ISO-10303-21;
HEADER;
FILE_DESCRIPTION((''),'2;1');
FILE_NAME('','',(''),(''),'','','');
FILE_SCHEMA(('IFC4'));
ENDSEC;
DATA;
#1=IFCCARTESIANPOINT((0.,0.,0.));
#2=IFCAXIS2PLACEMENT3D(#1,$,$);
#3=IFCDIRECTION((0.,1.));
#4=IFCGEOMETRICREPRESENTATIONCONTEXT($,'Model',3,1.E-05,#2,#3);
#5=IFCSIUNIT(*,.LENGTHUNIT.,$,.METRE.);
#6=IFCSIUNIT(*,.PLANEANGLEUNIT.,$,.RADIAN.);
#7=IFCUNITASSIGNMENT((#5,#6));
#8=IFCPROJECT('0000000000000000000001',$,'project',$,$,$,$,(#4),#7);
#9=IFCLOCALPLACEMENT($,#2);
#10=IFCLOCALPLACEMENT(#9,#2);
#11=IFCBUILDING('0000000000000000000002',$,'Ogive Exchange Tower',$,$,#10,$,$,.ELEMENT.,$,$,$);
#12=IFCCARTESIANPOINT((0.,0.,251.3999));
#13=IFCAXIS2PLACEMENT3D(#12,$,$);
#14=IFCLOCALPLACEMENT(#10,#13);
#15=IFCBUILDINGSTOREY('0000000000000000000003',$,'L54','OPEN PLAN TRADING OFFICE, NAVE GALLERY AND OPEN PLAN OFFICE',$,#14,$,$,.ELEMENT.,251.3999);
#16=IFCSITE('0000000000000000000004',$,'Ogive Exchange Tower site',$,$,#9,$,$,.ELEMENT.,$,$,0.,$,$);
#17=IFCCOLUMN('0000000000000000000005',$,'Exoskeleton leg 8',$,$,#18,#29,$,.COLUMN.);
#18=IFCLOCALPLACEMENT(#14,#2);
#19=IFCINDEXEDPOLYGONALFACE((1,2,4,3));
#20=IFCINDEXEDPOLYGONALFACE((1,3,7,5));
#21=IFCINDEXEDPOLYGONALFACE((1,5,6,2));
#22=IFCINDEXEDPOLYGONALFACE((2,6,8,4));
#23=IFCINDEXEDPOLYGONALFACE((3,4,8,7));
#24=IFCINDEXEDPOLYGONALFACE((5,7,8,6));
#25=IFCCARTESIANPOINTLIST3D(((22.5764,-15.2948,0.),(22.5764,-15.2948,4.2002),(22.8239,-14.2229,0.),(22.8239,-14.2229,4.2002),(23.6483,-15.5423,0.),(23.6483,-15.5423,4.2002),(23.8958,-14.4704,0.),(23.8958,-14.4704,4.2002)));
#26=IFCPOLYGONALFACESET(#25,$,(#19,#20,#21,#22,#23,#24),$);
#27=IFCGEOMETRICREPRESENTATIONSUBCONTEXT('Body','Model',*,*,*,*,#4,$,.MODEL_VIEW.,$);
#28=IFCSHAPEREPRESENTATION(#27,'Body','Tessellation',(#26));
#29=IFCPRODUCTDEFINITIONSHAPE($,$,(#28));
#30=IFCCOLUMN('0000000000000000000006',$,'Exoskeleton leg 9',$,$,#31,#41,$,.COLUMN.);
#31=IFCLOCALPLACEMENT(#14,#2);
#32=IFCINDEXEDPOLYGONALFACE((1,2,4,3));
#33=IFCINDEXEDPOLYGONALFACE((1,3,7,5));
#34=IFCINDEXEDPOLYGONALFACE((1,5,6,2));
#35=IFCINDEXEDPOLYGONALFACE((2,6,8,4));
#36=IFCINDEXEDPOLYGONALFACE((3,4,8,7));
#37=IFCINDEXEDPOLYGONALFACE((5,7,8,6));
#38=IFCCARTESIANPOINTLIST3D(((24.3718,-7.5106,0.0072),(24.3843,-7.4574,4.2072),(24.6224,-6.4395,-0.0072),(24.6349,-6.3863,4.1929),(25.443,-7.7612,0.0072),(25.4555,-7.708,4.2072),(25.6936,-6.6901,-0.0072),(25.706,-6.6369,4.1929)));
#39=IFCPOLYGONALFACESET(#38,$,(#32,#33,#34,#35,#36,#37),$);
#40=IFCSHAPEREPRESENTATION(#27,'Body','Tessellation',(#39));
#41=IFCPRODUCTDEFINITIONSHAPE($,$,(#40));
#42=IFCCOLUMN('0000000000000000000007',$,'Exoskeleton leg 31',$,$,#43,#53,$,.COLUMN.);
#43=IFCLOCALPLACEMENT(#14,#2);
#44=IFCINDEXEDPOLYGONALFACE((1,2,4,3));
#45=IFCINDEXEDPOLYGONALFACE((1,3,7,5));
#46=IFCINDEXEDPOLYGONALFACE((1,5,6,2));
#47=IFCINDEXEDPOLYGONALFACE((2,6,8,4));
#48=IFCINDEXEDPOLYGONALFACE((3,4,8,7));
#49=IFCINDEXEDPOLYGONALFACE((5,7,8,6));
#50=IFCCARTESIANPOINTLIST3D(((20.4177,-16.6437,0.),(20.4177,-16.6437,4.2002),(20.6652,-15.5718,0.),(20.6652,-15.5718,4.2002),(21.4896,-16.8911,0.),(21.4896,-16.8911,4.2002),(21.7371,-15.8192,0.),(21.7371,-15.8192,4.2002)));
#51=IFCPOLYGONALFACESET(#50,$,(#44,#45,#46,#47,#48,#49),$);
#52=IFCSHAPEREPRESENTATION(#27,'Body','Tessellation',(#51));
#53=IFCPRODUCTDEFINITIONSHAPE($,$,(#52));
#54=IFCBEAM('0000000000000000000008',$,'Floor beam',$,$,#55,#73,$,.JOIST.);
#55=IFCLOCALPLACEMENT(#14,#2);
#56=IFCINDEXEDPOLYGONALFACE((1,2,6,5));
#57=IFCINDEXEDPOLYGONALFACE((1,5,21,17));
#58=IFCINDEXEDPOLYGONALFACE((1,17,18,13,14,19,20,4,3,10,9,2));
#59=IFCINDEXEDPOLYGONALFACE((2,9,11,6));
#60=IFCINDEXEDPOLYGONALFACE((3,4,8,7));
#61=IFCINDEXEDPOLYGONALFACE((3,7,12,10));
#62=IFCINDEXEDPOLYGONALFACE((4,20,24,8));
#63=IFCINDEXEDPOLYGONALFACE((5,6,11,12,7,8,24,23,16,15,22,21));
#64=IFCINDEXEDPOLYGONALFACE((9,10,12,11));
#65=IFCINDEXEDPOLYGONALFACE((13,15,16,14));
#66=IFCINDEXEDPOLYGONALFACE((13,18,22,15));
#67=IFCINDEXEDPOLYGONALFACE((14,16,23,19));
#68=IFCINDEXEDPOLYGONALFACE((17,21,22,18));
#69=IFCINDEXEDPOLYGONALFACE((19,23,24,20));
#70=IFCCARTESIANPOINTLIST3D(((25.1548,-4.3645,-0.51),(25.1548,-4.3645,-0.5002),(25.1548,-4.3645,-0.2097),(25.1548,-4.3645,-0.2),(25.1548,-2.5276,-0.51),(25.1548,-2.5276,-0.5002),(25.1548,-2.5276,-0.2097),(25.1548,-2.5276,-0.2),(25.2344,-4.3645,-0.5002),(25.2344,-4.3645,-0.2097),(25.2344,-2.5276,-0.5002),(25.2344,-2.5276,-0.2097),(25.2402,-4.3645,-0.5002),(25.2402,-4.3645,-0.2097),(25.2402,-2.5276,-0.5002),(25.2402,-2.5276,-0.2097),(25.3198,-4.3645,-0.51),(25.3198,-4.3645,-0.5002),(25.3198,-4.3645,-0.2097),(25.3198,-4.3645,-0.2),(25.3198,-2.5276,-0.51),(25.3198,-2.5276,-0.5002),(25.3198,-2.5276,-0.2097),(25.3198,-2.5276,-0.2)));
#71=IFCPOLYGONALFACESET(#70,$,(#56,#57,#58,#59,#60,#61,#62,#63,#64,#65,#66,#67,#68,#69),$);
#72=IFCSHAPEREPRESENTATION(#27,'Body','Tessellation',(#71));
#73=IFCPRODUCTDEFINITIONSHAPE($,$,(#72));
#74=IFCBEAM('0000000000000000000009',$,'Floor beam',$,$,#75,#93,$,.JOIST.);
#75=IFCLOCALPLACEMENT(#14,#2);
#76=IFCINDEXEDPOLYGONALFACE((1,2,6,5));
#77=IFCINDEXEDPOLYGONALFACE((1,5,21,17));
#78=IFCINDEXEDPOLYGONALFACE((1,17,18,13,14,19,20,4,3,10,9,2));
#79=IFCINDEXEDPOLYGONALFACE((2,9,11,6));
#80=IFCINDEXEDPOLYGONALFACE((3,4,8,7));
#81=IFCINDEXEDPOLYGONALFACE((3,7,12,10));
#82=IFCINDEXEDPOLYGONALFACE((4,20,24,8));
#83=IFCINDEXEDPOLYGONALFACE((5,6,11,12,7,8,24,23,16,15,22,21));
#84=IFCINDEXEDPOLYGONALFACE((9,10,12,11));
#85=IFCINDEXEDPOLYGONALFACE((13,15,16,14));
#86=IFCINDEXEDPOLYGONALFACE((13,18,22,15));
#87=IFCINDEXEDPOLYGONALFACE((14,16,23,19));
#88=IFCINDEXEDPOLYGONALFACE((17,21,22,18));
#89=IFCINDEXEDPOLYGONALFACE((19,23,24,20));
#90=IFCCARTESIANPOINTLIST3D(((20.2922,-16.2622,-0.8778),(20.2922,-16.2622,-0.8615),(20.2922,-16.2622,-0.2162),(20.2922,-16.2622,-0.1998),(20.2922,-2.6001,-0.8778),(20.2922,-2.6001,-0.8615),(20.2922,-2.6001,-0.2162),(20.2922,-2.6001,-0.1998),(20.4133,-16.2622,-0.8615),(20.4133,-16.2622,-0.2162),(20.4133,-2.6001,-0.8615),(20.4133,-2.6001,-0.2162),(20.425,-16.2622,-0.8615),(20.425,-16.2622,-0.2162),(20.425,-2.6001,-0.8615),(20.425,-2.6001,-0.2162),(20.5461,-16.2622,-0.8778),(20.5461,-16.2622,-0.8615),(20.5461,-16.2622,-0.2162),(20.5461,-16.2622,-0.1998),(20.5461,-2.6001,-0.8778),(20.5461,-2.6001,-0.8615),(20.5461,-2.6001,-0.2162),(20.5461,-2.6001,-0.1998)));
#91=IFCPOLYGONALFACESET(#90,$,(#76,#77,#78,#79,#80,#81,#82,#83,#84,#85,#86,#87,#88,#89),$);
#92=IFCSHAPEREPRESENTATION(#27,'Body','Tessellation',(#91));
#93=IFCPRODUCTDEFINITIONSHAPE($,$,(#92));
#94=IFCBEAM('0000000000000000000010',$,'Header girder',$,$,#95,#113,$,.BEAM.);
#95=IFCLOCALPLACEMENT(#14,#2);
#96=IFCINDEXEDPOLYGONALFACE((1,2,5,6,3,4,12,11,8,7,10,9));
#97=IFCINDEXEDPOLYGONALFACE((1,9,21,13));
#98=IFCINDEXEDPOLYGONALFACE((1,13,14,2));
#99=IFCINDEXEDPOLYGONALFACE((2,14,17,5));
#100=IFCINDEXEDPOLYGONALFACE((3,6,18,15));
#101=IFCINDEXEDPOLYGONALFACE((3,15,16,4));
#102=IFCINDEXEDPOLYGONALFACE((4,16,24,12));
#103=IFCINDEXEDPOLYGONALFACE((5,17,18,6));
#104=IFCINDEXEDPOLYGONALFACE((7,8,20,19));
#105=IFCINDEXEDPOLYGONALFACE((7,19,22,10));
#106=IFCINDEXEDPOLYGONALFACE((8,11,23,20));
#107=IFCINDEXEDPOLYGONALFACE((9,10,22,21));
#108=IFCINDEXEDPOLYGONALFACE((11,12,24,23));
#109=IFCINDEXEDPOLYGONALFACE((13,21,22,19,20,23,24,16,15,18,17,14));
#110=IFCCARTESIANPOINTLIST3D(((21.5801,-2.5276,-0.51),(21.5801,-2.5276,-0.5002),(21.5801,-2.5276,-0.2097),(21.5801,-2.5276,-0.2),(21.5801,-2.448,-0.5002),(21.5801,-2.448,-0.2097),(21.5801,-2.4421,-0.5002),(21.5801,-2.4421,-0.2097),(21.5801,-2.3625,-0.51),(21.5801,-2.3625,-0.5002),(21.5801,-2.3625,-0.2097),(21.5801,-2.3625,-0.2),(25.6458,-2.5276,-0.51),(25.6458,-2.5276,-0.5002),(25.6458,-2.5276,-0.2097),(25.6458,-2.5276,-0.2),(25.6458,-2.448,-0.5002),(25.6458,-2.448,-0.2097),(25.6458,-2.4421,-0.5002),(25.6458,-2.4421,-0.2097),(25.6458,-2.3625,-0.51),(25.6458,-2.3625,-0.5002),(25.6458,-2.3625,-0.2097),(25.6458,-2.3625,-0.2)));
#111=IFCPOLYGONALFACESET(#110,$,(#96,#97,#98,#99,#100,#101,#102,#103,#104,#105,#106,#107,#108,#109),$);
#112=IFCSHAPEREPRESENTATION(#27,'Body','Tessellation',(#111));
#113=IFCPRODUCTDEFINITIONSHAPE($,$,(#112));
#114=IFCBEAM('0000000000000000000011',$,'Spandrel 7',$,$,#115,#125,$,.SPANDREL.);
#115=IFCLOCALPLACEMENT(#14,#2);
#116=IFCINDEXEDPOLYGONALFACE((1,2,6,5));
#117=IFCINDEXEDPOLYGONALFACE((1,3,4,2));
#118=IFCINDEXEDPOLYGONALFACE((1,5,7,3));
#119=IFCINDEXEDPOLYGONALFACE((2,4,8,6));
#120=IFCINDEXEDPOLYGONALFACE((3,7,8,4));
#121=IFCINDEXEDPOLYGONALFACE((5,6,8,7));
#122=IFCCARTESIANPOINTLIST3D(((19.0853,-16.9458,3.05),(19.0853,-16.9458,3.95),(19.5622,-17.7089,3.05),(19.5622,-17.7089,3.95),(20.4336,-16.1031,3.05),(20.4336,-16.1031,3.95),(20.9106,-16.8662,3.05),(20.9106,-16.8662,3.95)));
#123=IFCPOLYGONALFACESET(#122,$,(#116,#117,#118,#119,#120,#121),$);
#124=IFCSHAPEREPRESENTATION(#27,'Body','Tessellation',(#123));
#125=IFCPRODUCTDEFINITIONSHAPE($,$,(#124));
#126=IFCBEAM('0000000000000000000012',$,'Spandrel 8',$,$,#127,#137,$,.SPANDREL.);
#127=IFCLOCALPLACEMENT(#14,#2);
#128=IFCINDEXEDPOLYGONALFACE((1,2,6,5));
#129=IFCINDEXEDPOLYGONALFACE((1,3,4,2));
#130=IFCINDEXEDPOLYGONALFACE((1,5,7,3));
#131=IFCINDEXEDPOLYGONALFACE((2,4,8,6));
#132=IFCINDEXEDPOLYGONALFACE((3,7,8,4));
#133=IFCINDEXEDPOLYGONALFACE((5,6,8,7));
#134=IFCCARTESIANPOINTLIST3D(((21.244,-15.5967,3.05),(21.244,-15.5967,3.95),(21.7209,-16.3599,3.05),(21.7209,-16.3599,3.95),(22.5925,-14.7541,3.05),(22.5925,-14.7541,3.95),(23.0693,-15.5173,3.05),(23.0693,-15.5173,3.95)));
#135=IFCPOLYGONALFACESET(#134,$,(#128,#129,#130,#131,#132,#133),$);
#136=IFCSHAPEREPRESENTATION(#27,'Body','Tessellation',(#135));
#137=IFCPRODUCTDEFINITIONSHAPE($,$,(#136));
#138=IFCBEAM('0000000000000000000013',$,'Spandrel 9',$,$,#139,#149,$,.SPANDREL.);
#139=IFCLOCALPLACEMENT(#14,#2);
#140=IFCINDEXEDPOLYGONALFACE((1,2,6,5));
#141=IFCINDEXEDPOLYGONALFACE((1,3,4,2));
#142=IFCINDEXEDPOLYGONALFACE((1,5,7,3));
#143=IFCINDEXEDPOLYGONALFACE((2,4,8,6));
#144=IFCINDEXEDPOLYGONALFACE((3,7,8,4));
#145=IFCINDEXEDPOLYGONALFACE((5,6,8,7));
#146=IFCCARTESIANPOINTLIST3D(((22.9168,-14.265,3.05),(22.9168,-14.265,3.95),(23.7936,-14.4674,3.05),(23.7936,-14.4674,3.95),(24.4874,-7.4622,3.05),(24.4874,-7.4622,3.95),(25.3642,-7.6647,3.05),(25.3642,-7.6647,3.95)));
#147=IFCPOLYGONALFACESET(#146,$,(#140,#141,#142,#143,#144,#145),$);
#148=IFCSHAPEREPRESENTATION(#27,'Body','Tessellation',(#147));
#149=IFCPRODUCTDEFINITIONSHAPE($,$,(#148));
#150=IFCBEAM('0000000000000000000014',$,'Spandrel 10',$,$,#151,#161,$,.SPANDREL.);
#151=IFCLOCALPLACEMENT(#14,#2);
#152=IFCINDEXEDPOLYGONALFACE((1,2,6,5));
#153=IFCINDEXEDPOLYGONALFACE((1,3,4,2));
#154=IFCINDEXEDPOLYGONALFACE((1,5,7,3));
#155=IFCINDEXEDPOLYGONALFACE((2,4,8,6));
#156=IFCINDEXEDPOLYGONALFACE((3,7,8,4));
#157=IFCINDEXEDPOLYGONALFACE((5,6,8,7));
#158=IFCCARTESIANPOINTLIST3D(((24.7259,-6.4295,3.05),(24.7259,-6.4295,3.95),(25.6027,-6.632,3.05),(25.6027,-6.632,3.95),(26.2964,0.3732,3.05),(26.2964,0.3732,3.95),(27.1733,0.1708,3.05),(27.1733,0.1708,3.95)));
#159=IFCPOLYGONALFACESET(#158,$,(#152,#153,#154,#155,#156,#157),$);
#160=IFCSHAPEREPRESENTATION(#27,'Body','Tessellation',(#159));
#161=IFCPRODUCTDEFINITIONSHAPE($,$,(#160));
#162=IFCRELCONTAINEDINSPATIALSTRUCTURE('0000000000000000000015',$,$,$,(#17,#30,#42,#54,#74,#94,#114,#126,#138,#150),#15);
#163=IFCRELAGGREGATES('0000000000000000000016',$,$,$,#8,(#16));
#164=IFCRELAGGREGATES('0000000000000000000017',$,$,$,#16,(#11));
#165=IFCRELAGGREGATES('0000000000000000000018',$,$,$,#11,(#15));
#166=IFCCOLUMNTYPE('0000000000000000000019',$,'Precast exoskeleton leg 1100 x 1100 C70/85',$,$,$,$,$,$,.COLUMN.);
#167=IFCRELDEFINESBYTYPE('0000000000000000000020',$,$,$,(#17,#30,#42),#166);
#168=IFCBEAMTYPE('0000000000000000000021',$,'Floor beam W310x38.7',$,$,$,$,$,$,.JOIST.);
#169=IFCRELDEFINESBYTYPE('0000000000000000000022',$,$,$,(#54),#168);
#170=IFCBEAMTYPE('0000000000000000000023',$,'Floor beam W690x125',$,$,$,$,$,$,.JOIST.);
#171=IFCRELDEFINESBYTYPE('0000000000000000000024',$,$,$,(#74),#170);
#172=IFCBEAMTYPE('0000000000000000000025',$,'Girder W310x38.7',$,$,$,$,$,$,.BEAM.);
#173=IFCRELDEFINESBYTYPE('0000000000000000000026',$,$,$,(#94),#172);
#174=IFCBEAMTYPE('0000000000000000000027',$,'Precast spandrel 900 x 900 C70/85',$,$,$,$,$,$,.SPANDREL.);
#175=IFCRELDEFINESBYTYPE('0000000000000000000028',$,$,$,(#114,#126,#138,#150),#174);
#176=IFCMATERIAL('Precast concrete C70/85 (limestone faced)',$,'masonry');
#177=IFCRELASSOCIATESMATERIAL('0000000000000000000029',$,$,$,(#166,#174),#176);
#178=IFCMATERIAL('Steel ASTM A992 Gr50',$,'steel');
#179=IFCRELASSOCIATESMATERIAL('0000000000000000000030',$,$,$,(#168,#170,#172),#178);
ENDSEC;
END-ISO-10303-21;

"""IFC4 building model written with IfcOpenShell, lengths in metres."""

from ifc_helpers import new_model, si_unit, direction, frame, origin, origin_2d, place, context, subcontext, project, spatial, rectangle, i_section, extrude, material, material_profile, profile_set, type_object, element, save


model = new_model("IFC4")

# Units and contexts
model_context = context("Model", 3, precision=1e-05, world=origin(), true_north=direction((0.0, 1.0)))
body_context = subcontext(model_context, "Body", "Model", "MODEL_VIEW")
ifc_project = project(units=[si_unit("LENGTHUNIT", "METRE"), si_unit("PLANEANGLEUNIT", "RADIAN")], contexts=[model_context])

# Site, building, storey
site_placement = place(None, origin())
site = spatial("IfcSite", under=ifc_project, at=site_placement, Name="Ogive Exchange Tower site", CompositionType="ELEMENT", RefElevation=0.0)
building_placement = place(site_placement, origin())
building = spatial("IfcBuilding", under=site, at=building_placement, Name="Ogive Exchange Tower", CompositionType="ELEMENT")
storey_placement = place(building_placement, frame((0.0, 0.0, 251.3999)))
storey = spatial("IfcBuildingStorey", under=building, at=storey_placement, Name="L54", Description="OPEN PLAN TRADING OFFICE, NAVE GALLERY AND OPEN PLAN OFFICE", CompositionType="ELEMENT", Elevation=251.3999)

# Columns
ifc_material_1 = material(Name="Precast concrete C70/85 (limestone faced)", Category="masonry")
ifc_material_profile_1 = material_profile(ifc_material_1, rectangle(XDim=1.1001, YDim=1.1001, at=origin_2d()), Name="1100 x 1100")
ifc_profile_set_1 = profile_set([ifc_material_profile_1], Name="Precast concrete C70/85 (limestone faced)")
column_type = type_object("IfcColumnType", Name="Precast exoskeleton leg 1100 x 1100 C70/85", PredefinedType="COLUMN", material=ifc_profile_set_1)
column_1_placement = place(storey_placement, frame((23.2361, -14.8826, 0.0), z_axis=(0.0, 0.0, 1.0), x_axis=(0.97437, -0.224951, 0.0)))
element("IfcColumn", 1, at=column_1_placement, inside=storey, type_object=column_type, Name="Exoskeleton leg 8", PredefinedType="COLUMN", context=body_context, shape_type="SweptSolid", body=[
    extrude(rectangle(XDim=1.1001, YDim=1.1001, at=origin_2d()), origin(), (0.0, 0.0, 1.0), 4.2002),
])
column_2_placement = place(storey_placement, frame((25.0327, -7.1003, 0.0), z_axis=(0.002964, 0.01267, 0.999915), x_axis=(-0.973709, 0.227794, 0.0)))
element("IfcColumn", 2, at=column_2_placement, inside=storey, type_object=column_type, Name="Exoskeleton leg 9", PredefinedType="COLUMN", context=body_context, shape_type="SweptSolid", body=[
    extrude(rectangle(XDim=1.1001, YDim=1.1001, at=origin_2d()), origin(), (0.0, 0.0, 1.0), 4.2004),
])
column_3_placement = place(storey_placement, frame((21.0774, -16.2314, 0.0), z_axis=(0.0, 0.0, 1.0), x_axis=(0.97437, -0.224951, 0.0)))
element("IfcColumn", 3, at=column_3_placement, inside=storey, type_object=column_type, Name="Exoskeleton leg 31", PredefinedType="COLUMN", context=body_context, shape_type="SweptSolid", body=[
    extrude(rectangle(XDim=1.1001, YDim=1.1001, at=origin_2d()), origin(), (0.0, 0.0, 1.0), 4.2002),
])

# Beams
ifc_material_2 = material(Name="Steel ASTM A992 Gr50", Category="steel")
ifc_material_profile_2 = material_profile(ifc_material_2, i_section(OverallWidth=0.165, OverallDepth=0.3101, WebThickness=0.0059, FlangeThickness=0.0098, at=origin_2d()), Name="W310x38.7")
ifc_profile_set_2 = profile_set([ifc_material_profile_2], Name="Steel ASTM A992 Gr50")
beam_type_1 = type_object("IfcBeamType", Name="Floor beam W310x38.7", PredefinedType="JOIST", material=ifc_profile_set_2)
beam_1_placement = place(storey_placement, frame((25.2373, -4.3645, -0.355), z_axis=(0.0, 1.0, 0.0), x_axis=(-1.0, 0.0, 0.0)))
element("IfcBeam", 4, at=beam_1_placement, inside=storey, type_object=beam_type_1, Name="Floor beam", PredefinedType="JOIST", context=body_context, shape_type="SweptSolid", body=[
    extrude(i_section(OverallWidth=0.165, OverallDepth=0.3101, WebThickness=0.0059, FlangeThickness=0.0098, at=origin_2d()), origin(), (0.0, 0.0, 1.0), 1.8369),
])
ifc_material_profile_3 = material_profile(ifc_material_2, i_section(OverallWidth=0.2539, OverallDepth=0.678, WebThickness=0.0117, FlangeThickness=0.0164, at=origin_2d()), Name="W690x125")
ifc_profile_set_3 = profile_set([ifc_material_profile_3], Name="Steel ASTM A992 Gr50")
beam_type_2 = type_object("IfcBeamType", Name="Floor beam W690x125", PredefinedType="JOIST", material=ifc_profile_set_3)
beam_2_placement = place(storey_placement, frame((20.4192, -16.2622, -0.5388), z_axis=(0.0, 1.0, 0.0), x_axis=(-1.0, 0.0, 0.0)))
element("IfcBeam", 5, at=beam_2_placement, inside=storey, type_object=beam_type_2, Name="Floor beam", PredefinedType="JOIST", context=body_context, shape_type="SweptSolid", body=[
    extrude(i_section(OverallWidth=0.2539, OverallDepth=0.678, WebThickness=0.0117, FlangeThickness=0.0164, at=origin_2d()), origin(), (0.0, 0.0, 1.0), 13.6621),
])
ifc_material_profile_4 = material_profile(ifc_material_2, i_section(OverallWidth=0.165, OverallDepth=0.3101, WebThickness=0.0059, FlangeThickness=0.0098, at=origin_2d()), Name="W310x38.7")
ifc_profile_set_4 = profile_set([ifc_material_profile_4], Name="Steel ASTM A992 Gr50")
beam_type_3 = type_object("IfcBeamType", Name="Girder W310x38.7", PredefinedType="BEAM", material=ifc_profile_set_4)
beam_3_placement = place(storey_placement, frame((21.5801, -2.4451, -0.355), z_axis=(1.0, 0.0, 0.0), x_axis=(0.0, 1.0, 0.0)))
element("IfcBeam", 6, at=beam_3_placement, inside=storey, type_object=beam_type_3, Name="Header girder", PredefinedType="BEAM", context=body_context, shape_type="SweptSolid", body=[
    extrude(i_section(OverallWidth=0.165, OverallDepth=0.3101, WebThickness=0.0059, FlangeThickness=0.0098, at=origin_2d()), origin(), (0.0, 0.0, 1.0), 4.0657),
])
ifc_material_profile_5 = material_profile(ifc_material_1, rectangle(XDim=0.8999, YDim=0.8999, at=origin_2d()), Name="900 x 900")
ifc_profile_set_5 = profile_set([ifc_material_profile_5], Name="Precast concrete C70/85 (limestone faced)")
beam_type_4 = type_object("IfcBeamType", Name="Precast spandrel 900 x 900 C70/85", PredefinedType="SPANDREL", material=ifc_profile_set_5)
for number, where, z_axis, x_axis, name in (
    (7, (19.3237, -17.3274, 3.5), (0.84799, 0.530013, 0.0), (-0.530013, 0.84799, 0.0), "Spandrel 7"),
    (8, (21.4824, -15.9783, 3.5), (0.848059, 0.529902, 0.0), (-0.529902, 0.848059, 0.0), "Spandrel 8"),
):
    element("IfcBeam", number, at=place(storey_placement, frame(where, z_axis=z_axis, x_axis=x_axis)), inside=storey, type_object=beam_type_4, Name=name, PredefinedType="SPANDREL", context=body_context, shape_type="SweptSolid", body=[
        extrude(rectangle(XDim=0.8999, YDim=0.8999, at=origin_2d()), origin(), (0.0, 0.0, 1.0), 1.5901),
    ])
for number, where, z_axis, x_axis, name in (
    (9, (23.3552, -14.3662, 3.5), (0.224954, 0.974369, 0.0), (-0.974369, 0.224954, 0.0), "Spandrel 9"),
    (10, (25.1643, -6.5308, 3.5), (0.224954, 0.974369, 0.0), (-0.974369, 0.224954, 0.0), "Spandrel 10"),
):
    element("IfcBeam", number, at=place(storey_placement, frame(where, z_axis=z_axis, x_axis=x_axis)), inside=storey, type_object=beam_type_4, Name=name, PredefinedType="SPANDREL", context=body_context, shape_type="SweptSolid", body=[
        extrude(rectangle(XDim=0.8999, YDim=0.8999, at=origin_2d()), origin(), (0.0, 0.0, 1.0), 6.9817),
    ])

save(model, "model.ifc")
